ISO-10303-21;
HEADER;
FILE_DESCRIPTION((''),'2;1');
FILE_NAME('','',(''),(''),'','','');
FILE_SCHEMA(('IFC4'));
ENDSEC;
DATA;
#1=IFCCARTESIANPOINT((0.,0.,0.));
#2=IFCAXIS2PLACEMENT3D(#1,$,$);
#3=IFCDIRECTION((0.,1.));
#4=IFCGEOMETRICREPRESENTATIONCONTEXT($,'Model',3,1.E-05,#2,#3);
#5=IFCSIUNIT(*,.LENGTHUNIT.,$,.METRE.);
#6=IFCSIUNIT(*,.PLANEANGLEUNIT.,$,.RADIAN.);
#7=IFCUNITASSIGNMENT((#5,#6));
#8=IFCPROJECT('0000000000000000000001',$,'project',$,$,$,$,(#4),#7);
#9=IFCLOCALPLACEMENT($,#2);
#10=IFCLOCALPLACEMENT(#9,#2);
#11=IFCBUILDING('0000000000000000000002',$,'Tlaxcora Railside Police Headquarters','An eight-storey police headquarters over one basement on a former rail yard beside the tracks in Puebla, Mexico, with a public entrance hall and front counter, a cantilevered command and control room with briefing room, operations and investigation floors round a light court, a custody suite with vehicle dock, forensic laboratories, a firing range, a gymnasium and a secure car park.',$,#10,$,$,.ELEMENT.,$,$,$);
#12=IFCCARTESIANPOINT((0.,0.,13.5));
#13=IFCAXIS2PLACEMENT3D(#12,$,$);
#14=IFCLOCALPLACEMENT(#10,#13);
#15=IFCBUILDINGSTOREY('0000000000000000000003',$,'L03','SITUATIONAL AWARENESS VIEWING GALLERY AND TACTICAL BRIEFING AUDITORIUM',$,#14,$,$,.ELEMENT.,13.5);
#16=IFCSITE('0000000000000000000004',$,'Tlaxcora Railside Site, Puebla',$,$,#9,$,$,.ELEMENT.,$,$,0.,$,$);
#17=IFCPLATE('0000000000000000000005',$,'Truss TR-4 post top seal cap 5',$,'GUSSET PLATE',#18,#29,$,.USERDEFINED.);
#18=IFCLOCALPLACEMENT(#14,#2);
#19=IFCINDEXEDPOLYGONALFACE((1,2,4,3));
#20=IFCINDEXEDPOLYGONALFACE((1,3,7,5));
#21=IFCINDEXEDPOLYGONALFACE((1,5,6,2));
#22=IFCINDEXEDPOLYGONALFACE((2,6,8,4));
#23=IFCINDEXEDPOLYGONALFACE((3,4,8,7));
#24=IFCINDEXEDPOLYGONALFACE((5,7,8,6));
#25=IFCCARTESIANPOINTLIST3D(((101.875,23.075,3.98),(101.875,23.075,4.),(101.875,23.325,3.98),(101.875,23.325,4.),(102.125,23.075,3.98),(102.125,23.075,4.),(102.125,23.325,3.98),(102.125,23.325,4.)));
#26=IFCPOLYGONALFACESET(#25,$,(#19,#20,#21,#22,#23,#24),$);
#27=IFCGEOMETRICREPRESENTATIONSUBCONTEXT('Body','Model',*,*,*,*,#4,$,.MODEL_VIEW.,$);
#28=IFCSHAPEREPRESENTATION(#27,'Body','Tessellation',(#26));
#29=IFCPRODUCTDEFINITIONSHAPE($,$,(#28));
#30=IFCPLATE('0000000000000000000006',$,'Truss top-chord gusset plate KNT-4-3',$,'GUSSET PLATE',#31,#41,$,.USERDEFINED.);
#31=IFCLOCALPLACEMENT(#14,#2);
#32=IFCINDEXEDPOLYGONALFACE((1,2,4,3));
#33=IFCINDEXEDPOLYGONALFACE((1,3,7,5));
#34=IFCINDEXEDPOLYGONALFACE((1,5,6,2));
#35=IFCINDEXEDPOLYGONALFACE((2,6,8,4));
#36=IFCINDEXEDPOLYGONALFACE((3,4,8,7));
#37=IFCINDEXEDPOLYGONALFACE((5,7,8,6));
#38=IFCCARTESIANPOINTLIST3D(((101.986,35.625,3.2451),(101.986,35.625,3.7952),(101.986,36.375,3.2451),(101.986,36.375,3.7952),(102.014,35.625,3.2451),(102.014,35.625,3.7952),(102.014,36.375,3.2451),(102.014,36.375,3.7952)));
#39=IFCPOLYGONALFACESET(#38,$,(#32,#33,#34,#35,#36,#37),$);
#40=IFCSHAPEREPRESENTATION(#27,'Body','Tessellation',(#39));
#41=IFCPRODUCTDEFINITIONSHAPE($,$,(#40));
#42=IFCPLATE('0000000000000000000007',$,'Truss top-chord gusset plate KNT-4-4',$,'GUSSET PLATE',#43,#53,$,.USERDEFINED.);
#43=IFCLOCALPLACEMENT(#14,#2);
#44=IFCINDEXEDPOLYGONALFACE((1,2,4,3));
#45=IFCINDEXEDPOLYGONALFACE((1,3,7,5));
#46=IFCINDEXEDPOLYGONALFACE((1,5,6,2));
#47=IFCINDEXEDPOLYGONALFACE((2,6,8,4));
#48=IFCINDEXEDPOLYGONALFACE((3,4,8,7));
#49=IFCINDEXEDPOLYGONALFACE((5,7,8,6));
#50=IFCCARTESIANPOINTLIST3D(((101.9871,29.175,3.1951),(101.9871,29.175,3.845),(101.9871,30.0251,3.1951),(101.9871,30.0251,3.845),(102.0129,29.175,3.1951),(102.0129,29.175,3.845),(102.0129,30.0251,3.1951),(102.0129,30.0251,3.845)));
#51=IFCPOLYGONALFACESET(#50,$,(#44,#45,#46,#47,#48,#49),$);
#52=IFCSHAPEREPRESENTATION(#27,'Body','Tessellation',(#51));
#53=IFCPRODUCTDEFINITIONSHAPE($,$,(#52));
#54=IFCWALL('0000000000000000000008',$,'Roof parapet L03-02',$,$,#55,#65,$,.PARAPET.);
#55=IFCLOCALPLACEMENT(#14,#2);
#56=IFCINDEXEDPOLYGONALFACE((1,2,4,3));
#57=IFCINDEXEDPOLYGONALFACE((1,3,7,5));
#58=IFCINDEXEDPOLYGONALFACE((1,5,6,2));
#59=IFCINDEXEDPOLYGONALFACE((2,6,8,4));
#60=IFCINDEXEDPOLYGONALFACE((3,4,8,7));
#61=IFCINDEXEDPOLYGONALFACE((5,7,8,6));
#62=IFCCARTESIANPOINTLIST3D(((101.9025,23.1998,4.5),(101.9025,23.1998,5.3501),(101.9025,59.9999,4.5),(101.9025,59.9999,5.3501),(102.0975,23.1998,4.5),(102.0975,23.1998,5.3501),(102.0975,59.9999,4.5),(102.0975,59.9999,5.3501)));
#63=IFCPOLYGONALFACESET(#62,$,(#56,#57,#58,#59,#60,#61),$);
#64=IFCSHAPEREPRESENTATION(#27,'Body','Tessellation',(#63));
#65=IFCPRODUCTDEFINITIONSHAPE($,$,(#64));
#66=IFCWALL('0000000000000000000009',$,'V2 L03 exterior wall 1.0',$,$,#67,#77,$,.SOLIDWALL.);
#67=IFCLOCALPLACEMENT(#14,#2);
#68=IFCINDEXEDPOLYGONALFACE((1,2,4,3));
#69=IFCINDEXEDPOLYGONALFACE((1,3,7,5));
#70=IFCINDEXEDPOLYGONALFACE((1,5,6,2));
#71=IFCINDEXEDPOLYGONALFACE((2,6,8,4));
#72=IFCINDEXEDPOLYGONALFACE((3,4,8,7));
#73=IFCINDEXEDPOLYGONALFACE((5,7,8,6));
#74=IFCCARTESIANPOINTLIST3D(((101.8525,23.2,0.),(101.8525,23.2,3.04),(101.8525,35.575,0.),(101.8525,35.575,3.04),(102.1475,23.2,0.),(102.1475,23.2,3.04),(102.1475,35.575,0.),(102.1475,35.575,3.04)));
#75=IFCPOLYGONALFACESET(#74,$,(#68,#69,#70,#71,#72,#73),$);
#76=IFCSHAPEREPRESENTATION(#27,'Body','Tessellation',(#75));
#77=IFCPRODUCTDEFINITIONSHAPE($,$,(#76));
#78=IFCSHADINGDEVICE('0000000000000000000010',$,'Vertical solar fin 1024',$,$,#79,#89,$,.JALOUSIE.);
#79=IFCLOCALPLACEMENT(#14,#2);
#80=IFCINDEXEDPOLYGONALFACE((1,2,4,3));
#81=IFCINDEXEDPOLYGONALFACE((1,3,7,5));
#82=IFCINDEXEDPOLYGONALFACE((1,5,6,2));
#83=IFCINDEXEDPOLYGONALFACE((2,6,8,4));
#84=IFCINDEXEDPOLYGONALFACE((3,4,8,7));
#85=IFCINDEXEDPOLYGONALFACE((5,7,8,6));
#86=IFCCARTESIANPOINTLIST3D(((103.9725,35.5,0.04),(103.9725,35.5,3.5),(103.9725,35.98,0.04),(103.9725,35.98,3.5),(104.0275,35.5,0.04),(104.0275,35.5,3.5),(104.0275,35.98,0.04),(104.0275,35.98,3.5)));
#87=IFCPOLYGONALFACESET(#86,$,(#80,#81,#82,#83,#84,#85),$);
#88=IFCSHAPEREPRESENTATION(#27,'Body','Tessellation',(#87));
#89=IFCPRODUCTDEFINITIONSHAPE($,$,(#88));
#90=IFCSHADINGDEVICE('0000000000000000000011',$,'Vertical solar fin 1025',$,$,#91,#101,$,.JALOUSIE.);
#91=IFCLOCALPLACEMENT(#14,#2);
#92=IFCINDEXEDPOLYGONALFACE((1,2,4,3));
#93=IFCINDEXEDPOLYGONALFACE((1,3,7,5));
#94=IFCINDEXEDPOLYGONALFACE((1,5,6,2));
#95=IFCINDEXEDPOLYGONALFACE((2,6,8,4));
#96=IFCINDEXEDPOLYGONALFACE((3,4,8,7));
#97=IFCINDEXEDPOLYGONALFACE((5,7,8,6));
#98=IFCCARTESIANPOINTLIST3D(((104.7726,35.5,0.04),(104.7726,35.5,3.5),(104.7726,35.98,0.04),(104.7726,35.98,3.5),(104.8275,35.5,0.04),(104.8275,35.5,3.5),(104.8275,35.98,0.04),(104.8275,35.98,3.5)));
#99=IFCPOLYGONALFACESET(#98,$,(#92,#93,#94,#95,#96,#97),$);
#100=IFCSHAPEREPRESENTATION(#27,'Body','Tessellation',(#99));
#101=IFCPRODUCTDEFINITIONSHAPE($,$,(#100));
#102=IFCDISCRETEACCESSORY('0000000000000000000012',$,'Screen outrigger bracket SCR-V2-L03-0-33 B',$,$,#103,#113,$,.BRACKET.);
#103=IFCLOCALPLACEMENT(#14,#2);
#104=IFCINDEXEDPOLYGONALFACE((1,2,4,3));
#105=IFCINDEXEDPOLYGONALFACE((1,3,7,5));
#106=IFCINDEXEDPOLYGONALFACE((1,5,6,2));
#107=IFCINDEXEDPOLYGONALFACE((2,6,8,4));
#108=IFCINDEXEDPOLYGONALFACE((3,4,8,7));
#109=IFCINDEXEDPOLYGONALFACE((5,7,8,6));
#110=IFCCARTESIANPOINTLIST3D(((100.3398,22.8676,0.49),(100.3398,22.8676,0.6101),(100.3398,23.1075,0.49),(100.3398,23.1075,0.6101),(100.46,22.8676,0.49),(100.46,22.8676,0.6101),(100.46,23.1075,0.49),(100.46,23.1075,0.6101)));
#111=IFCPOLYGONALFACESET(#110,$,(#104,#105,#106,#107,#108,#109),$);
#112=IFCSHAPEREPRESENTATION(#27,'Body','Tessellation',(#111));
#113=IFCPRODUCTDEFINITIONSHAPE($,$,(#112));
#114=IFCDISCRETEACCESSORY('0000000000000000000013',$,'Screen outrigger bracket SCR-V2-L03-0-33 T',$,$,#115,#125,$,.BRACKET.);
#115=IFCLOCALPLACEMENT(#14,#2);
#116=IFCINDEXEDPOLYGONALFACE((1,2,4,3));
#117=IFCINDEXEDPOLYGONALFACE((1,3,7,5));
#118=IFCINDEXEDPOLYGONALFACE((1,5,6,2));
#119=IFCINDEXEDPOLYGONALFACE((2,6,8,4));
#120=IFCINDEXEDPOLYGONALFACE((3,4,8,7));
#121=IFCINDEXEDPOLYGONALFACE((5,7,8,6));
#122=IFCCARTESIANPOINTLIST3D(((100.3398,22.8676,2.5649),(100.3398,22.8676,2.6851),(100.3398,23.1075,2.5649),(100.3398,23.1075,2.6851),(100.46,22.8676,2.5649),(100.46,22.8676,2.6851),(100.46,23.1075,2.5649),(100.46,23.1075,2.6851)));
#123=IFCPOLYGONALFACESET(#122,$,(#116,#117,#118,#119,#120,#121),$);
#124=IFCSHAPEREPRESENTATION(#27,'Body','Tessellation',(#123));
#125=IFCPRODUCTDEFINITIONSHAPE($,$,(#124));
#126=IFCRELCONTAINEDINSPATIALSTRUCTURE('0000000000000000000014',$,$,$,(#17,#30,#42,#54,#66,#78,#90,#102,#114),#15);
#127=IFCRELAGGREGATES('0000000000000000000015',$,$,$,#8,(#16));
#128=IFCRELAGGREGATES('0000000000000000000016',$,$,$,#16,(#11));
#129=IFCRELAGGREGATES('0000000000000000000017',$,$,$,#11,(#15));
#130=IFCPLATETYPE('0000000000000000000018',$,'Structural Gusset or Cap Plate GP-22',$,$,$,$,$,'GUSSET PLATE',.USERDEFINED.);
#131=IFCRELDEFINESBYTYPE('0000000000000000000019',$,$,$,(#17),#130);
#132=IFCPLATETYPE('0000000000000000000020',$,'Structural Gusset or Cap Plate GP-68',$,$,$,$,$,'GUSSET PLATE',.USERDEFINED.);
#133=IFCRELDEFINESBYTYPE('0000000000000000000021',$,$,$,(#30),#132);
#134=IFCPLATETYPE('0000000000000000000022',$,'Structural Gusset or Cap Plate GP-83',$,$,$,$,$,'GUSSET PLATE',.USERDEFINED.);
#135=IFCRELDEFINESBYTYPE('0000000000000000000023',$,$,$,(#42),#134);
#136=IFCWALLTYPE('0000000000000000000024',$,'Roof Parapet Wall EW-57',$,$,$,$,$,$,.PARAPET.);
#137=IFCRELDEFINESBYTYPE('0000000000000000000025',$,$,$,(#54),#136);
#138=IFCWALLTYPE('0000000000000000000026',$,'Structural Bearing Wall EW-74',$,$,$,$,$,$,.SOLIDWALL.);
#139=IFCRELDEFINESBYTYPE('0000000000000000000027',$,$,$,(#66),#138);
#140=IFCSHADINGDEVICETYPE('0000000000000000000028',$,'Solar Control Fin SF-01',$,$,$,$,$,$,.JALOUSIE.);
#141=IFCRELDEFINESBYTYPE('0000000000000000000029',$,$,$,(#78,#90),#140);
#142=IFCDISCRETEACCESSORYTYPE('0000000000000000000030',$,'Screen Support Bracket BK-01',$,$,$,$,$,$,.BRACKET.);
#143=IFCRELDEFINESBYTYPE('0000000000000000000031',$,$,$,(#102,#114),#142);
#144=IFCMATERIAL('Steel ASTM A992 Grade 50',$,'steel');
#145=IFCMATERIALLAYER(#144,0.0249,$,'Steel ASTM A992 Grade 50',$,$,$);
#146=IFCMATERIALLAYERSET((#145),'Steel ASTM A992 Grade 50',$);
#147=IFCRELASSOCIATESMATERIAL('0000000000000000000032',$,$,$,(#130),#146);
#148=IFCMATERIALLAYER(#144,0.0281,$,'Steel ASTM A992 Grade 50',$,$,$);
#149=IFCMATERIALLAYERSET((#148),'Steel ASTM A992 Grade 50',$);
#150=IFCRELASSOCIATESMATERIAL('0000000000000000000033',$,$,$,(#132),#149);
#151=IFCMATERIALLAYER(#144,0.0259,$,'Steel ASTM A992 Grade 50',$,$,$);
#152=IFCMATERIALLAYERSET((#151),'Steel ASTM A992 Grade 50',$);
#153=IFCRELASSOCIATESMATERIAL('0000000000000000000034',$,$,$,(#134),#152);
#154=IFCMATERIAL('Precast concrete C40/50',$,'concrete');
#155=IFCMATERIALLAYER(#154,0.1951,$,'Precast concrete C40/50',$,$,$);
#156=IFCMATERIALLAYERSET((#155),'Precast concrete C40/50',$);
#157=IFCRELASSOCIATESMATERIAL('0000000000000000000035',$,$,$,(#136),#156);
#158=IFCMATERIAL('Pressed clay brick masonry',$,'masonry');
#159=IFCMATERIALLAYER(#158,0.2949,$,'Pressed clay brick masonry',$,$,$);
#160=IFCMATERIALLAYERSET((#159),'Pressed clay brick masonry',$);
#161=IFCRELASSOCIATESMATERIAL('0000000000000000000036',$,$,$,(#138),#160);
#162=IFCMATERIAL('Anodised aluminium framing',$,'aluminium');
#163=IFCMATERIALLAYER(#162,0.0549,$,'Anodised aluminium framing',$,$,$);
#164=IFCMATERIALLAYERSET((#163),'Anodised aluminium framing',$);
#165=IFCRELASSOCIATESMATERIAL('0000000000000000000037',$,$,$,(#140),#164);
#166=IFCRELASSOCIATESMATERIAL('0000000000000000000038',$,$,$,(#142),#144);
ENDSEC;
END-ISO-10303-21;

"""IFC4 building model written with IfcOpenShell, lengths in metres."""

from ifc_helpers import new_model, si_unit, direction, frame, frame_2d, origin, origin_2d, place, context, subcontext, project, spatial, rectangle, extrude, material, layer, layer_set, type_object, element, save


model = new_model("IFC4")

# Units and contexts
model_context = context("Model", 3, precision=1e-05, world=origin(), true_north=direction((0.0, 1.0)))
body_context = subcontext(model_context, "Body", "Model", "MODEL_VIEW")
ifc_project = project(units=[si_unit("LENGTHUNIT", "METRE"), si_unit("PLANEANGLEUNIT", "RADIAN")], contexts=[model_context])

# Site, building, storey
site_placement = place(None, origin())
site = spatial("IfcSite", under=ifc_project, at=site_placement, Name="Tlaxcora Railside Site, Puebla", CompositionType="ELEMENT", RefElevation=0.0)
building_placement = place(site_placement, origin())
building = spatial("IfcBuilding", under=site, at=building_placement, Name="Tlaxcora Railside Police Headquarters", Description="An eight-storey police headquarters over one basement on a former rail yard beside the tracks in Puebla, Mexico, with a public entrance hall and front counter, a cantilevered command and control room with briefing room, operations and investigation floors round a light court, a custody suite with vehicle dock, forensic laboratories, a firing range, a gymnasium and a secure car park.", CompositionType="ELEMENT")
storey_placement = place(building_placement, frame((0.0, 0.0, 13.5)))
storey = spatial("IfcBuildingStorey", under=building, at=storey_placement, Name="L03", Description="SITUATIONAL AWARENESS VIEWING GALLERY AND TACTICAL BRIEFING AUDITORIUM", CompositionType="ELEMENT", Elevation=13.5)

# Shared definitions
ifc_material_1 = material(Name="Anodised aluminium framing", Category="aluminium")

# Shared definitions
ifc_material_2 = material(Name="Steel ASTM A992 Grade 50", Category="steel")

# Plates
ifc_layer_1 = layer(ifc_material_2, 0.0249, Name="Steel ASTM A992 Grade 50")
ifc_layer_set_1 = layer_set([ifc_layer_1], Name="Steel ASTM A992 Grade 50")
plate_type_1 = type_object("IfcPlateType", Name="Structural Gusset or Cap Plate GP-22", ElementType="GUSSET PLATE", PredefinedType="USERDEFINED", material=ifc_layer_set_1)
plate_1_placement = place(storey_placement, frame((102.0, 23.2, 3.98), z_axis=(0.0, 0.0, 1.0), x_axis=(1.0, 0.0, 0.0)))
element("IfcPlate", 1, at=plate_1_placement, inside=storey, type_object=plate_type_1, Name="Truss TR-4 post top seal cap 5", ObjectType="GUSSET PLATE", PredefinedType="USERDEFINED", context=body_context, shape_type="SweptSolid", body=[
    extrude(rectangle(XDim=0.25, YDim=0.25, at=origin_2d()), origin(), (0.0, 0.0, 1.0), 0.02),
])
ifc_layer_2 = layer(ifc_material_2, 0.0281, Name="Steel ASTM A992 Grade 50")
ifc_layer_set_2 = layer_set([ifc_layer_2], Name="Steel ASTM A992 Grade 50")
plate_type_2 = type_object("IfcPlateType", Name="Structural Gusset or Cap Plate GP-68", ElementType="GUSSET PLATE", PredefinedType="USERDEFINED", material=ifc_layer_set_2)
plate_2_placement = place(storey_placement, frame((102.0, 36.0, 3.2451), z_axis=(0.0, 0.0, 1.0), x_axis=(0.0, 1.0, 0.0)))
element("IfcPlate", 2, at=plate_2_placement, inside=storey, type_object=plate_type_2, Name="Truss top-chord gusset plate KNT-4-3", ObjectType="GUSSET PLATE", PredefinedType="USERDEFINED", context=body_context, shape_type="SweptSolid", body=[
    extrude(rectangle(XDim=0.75, YDim=0.0281, at=origin_2d()), origin(), (0.0, 0.0, 1.0), 0.55),
])
ifc_layer_3 = layer(ifc_material_2, 0.0259, Name="Steel ASTM A992 Grade 50")
ifc_layer_set_3 = layer_set([ifc_layer_3], Name="Steel ASTM A992 Grade 50")
plate_type_3 = type_object("IfcPlateType", Name="Structural Gusset or Cap Plate GP-83", ElementType="GUSSET PLATE", PredefinedType="USERDEFINED", material=ifc_layer_set_3)
plate_3_placement = place(storey_placement, frame((102.0, 29.6001, 3.1951), z_axis=(0.0, 0.0, 1.0), x_axis=(0.0, 1.0, 0.0)))
element("IfcPlate", 3, at=plate_3_placement, inside=storey, type_object=plate_type_3, Name="Truss top-chord gusset plate KNT-4-4", ObjectType="GUSSET PLATE", PredefinedType="USERDEFINED", context=body_context, shape_type="SweptSolid", body=[
    extrude(rectangle(XDim=0.8501, YDim=0.0259, at=origin_2d()), origin(), (0.0, 0.0, 1.0), 0.6499),
])

# Walls
ifc_material_3 = material(Name="Precast concrete C40/50", Category="concrete")
ifc_layer_4 = layer(ifc_material_3, 0.1951, Name="Precast concrete C40/50")
ifc_layer_set_4 = layer_set([ifc_layer_4], Name="Precast concrete C40/50")
wall_type_1 = type_object("IfcWallType", Name="Roof Parapet Wall EW-57", PredefinedType="PARAPET", material=ifc_layer_set_4)
wall_1_placement = place(storey_placement, frame((102.0, 23.2, 4.5), z_axis=(0.0, 0.0, 1.0), x_axis=(0.0, 1.0, 0.0)))
element("IfcWall", 4, at=wall_1_placement, inside=storey, type_object=wall_type_1, Name="Roof parapet L03-02", PredefinedType="PARAPET", context=body_context, shape_type="SweptSolid", body=[
    extrude(rectangle(XDim=36.8, YDim=0.1951, at=frame_2d((18.3999, 0.0))), origin(), (0.0, 0.0, 1.0), 0.8501),
])
ifc_material_4 = material(Name="Pressed clay brick masonry", Category="masonry")
ifc_layer_5 = layer(ifc_material_4, 0.2949, Name="Pressed clay brick masonry")
ifc_layer_set_5 = layer_set([ifc_layer_5], Name="Pressed clay brick masonry")
wall_type_2 = type_object("IfcWallType", Name="Structural Bearing Wall EW-74", PredefinedType="SOLIDWALL", material=ifc_layer_set_5)
wall_2_placement = place(storey_placement, frame((102.0, 23.2, 0.0), z_axis=(0.0, 0.0, 1.0), x_axis=(0.0, 1.0, 0.0)))
element("IfcWall", 5, at=wall_2_placement, inside=storey, type_object=wall_type_2, Name="V2 L03 exterior wall 1.0", PredefinedType="SOLIDWALL", context=body_context, shape_type="SweptSolid", body=[
    extrude(rectangle(XDim=12.375, YDim=0.2949, at=frame_2d((6.1875, 0.0))), origin(), (0.0, 0.0, 1.0), 3.04),
])

# Shading devices
ifc_layer_6 = layer(ifc_material_1, 0.0549, Name="Anodised aluminium framing")
ifc_layer_set_6 = layer_set([ifc_layer_6], Name="Anodised aluminium framing")
shading_device_type = type_object("IfcShadingDeviceType", Name="Solar Control Fin SF-01", PredefinedType="JALOUSIE", material=ifc_layer_set_6)
for number, where, z_axis, x_axis, name in (
    (6, (104.0, 35.74, 0.04), (0.0, 0.0, 1.0), (0.0, -1.0, 0.0), "Vertical solar fin 1024"),
    (7, (104.8, 35.74, 0.04), (0.0, 0.0, 1.0), (0.0, -1.0, 0.0), "Vertical solar fin 1025"),
):
    element("IfcShadingDevice", number, at=place(storey_placement, frame(where, z_axis=z_axis, x_axis=x_axis)), inside=storey, type_object=shading_device_type, Name=name, PredefinedType="JALOUSIE", context=body_context, shape_type="SweptSolid", body=[
        extrude(rectangle(XDim=0.48, YDim=0.0549, at=origin_2d()), origin(), (0.0, 0.0, 1.0), 3.46),
    ])

# Discrete accessories
discrete_accessory_type = type_object("IfcDiscreteAccessoryType", Name="Screen Support Bracket BK-01", PredefinedType="BRACKET", material=ifc_material_2)
for number, where, z_axis, x_axis, name in (
    (8, (100.3999, 22.9875, 0.49), (0.0, 0.0, 1.0), (1.0, 0.0, 0.0), "Screen outrigger bracket SCR-V2-L03-0-33 B"),
    (9, (100.3999, 22.9875, 2.5649), (0.0, 0.0, 1.0), (1.0, 0.0, 0.0), "Screen outrigger bracket SCR-V2-L03-0-33 T"),
):
    element("IfcDiscreteAccessory", number, at=place(storey_placement, frame(where, z_axis=z_axis, x_axis=x_axis)), inside=storey, type_object=discrete_accessory_type, Name=name, PredefinedType="BRACKET", context=body_context, shape_type="SweptSolid", body=[
        extrude(rectangle(XDim=0.1201, YDim=0.24, at=origin_2d()), origin(), (0.0, 0.0, 1.0), 0.1201),
    ])

save(model, "model.ifc")
